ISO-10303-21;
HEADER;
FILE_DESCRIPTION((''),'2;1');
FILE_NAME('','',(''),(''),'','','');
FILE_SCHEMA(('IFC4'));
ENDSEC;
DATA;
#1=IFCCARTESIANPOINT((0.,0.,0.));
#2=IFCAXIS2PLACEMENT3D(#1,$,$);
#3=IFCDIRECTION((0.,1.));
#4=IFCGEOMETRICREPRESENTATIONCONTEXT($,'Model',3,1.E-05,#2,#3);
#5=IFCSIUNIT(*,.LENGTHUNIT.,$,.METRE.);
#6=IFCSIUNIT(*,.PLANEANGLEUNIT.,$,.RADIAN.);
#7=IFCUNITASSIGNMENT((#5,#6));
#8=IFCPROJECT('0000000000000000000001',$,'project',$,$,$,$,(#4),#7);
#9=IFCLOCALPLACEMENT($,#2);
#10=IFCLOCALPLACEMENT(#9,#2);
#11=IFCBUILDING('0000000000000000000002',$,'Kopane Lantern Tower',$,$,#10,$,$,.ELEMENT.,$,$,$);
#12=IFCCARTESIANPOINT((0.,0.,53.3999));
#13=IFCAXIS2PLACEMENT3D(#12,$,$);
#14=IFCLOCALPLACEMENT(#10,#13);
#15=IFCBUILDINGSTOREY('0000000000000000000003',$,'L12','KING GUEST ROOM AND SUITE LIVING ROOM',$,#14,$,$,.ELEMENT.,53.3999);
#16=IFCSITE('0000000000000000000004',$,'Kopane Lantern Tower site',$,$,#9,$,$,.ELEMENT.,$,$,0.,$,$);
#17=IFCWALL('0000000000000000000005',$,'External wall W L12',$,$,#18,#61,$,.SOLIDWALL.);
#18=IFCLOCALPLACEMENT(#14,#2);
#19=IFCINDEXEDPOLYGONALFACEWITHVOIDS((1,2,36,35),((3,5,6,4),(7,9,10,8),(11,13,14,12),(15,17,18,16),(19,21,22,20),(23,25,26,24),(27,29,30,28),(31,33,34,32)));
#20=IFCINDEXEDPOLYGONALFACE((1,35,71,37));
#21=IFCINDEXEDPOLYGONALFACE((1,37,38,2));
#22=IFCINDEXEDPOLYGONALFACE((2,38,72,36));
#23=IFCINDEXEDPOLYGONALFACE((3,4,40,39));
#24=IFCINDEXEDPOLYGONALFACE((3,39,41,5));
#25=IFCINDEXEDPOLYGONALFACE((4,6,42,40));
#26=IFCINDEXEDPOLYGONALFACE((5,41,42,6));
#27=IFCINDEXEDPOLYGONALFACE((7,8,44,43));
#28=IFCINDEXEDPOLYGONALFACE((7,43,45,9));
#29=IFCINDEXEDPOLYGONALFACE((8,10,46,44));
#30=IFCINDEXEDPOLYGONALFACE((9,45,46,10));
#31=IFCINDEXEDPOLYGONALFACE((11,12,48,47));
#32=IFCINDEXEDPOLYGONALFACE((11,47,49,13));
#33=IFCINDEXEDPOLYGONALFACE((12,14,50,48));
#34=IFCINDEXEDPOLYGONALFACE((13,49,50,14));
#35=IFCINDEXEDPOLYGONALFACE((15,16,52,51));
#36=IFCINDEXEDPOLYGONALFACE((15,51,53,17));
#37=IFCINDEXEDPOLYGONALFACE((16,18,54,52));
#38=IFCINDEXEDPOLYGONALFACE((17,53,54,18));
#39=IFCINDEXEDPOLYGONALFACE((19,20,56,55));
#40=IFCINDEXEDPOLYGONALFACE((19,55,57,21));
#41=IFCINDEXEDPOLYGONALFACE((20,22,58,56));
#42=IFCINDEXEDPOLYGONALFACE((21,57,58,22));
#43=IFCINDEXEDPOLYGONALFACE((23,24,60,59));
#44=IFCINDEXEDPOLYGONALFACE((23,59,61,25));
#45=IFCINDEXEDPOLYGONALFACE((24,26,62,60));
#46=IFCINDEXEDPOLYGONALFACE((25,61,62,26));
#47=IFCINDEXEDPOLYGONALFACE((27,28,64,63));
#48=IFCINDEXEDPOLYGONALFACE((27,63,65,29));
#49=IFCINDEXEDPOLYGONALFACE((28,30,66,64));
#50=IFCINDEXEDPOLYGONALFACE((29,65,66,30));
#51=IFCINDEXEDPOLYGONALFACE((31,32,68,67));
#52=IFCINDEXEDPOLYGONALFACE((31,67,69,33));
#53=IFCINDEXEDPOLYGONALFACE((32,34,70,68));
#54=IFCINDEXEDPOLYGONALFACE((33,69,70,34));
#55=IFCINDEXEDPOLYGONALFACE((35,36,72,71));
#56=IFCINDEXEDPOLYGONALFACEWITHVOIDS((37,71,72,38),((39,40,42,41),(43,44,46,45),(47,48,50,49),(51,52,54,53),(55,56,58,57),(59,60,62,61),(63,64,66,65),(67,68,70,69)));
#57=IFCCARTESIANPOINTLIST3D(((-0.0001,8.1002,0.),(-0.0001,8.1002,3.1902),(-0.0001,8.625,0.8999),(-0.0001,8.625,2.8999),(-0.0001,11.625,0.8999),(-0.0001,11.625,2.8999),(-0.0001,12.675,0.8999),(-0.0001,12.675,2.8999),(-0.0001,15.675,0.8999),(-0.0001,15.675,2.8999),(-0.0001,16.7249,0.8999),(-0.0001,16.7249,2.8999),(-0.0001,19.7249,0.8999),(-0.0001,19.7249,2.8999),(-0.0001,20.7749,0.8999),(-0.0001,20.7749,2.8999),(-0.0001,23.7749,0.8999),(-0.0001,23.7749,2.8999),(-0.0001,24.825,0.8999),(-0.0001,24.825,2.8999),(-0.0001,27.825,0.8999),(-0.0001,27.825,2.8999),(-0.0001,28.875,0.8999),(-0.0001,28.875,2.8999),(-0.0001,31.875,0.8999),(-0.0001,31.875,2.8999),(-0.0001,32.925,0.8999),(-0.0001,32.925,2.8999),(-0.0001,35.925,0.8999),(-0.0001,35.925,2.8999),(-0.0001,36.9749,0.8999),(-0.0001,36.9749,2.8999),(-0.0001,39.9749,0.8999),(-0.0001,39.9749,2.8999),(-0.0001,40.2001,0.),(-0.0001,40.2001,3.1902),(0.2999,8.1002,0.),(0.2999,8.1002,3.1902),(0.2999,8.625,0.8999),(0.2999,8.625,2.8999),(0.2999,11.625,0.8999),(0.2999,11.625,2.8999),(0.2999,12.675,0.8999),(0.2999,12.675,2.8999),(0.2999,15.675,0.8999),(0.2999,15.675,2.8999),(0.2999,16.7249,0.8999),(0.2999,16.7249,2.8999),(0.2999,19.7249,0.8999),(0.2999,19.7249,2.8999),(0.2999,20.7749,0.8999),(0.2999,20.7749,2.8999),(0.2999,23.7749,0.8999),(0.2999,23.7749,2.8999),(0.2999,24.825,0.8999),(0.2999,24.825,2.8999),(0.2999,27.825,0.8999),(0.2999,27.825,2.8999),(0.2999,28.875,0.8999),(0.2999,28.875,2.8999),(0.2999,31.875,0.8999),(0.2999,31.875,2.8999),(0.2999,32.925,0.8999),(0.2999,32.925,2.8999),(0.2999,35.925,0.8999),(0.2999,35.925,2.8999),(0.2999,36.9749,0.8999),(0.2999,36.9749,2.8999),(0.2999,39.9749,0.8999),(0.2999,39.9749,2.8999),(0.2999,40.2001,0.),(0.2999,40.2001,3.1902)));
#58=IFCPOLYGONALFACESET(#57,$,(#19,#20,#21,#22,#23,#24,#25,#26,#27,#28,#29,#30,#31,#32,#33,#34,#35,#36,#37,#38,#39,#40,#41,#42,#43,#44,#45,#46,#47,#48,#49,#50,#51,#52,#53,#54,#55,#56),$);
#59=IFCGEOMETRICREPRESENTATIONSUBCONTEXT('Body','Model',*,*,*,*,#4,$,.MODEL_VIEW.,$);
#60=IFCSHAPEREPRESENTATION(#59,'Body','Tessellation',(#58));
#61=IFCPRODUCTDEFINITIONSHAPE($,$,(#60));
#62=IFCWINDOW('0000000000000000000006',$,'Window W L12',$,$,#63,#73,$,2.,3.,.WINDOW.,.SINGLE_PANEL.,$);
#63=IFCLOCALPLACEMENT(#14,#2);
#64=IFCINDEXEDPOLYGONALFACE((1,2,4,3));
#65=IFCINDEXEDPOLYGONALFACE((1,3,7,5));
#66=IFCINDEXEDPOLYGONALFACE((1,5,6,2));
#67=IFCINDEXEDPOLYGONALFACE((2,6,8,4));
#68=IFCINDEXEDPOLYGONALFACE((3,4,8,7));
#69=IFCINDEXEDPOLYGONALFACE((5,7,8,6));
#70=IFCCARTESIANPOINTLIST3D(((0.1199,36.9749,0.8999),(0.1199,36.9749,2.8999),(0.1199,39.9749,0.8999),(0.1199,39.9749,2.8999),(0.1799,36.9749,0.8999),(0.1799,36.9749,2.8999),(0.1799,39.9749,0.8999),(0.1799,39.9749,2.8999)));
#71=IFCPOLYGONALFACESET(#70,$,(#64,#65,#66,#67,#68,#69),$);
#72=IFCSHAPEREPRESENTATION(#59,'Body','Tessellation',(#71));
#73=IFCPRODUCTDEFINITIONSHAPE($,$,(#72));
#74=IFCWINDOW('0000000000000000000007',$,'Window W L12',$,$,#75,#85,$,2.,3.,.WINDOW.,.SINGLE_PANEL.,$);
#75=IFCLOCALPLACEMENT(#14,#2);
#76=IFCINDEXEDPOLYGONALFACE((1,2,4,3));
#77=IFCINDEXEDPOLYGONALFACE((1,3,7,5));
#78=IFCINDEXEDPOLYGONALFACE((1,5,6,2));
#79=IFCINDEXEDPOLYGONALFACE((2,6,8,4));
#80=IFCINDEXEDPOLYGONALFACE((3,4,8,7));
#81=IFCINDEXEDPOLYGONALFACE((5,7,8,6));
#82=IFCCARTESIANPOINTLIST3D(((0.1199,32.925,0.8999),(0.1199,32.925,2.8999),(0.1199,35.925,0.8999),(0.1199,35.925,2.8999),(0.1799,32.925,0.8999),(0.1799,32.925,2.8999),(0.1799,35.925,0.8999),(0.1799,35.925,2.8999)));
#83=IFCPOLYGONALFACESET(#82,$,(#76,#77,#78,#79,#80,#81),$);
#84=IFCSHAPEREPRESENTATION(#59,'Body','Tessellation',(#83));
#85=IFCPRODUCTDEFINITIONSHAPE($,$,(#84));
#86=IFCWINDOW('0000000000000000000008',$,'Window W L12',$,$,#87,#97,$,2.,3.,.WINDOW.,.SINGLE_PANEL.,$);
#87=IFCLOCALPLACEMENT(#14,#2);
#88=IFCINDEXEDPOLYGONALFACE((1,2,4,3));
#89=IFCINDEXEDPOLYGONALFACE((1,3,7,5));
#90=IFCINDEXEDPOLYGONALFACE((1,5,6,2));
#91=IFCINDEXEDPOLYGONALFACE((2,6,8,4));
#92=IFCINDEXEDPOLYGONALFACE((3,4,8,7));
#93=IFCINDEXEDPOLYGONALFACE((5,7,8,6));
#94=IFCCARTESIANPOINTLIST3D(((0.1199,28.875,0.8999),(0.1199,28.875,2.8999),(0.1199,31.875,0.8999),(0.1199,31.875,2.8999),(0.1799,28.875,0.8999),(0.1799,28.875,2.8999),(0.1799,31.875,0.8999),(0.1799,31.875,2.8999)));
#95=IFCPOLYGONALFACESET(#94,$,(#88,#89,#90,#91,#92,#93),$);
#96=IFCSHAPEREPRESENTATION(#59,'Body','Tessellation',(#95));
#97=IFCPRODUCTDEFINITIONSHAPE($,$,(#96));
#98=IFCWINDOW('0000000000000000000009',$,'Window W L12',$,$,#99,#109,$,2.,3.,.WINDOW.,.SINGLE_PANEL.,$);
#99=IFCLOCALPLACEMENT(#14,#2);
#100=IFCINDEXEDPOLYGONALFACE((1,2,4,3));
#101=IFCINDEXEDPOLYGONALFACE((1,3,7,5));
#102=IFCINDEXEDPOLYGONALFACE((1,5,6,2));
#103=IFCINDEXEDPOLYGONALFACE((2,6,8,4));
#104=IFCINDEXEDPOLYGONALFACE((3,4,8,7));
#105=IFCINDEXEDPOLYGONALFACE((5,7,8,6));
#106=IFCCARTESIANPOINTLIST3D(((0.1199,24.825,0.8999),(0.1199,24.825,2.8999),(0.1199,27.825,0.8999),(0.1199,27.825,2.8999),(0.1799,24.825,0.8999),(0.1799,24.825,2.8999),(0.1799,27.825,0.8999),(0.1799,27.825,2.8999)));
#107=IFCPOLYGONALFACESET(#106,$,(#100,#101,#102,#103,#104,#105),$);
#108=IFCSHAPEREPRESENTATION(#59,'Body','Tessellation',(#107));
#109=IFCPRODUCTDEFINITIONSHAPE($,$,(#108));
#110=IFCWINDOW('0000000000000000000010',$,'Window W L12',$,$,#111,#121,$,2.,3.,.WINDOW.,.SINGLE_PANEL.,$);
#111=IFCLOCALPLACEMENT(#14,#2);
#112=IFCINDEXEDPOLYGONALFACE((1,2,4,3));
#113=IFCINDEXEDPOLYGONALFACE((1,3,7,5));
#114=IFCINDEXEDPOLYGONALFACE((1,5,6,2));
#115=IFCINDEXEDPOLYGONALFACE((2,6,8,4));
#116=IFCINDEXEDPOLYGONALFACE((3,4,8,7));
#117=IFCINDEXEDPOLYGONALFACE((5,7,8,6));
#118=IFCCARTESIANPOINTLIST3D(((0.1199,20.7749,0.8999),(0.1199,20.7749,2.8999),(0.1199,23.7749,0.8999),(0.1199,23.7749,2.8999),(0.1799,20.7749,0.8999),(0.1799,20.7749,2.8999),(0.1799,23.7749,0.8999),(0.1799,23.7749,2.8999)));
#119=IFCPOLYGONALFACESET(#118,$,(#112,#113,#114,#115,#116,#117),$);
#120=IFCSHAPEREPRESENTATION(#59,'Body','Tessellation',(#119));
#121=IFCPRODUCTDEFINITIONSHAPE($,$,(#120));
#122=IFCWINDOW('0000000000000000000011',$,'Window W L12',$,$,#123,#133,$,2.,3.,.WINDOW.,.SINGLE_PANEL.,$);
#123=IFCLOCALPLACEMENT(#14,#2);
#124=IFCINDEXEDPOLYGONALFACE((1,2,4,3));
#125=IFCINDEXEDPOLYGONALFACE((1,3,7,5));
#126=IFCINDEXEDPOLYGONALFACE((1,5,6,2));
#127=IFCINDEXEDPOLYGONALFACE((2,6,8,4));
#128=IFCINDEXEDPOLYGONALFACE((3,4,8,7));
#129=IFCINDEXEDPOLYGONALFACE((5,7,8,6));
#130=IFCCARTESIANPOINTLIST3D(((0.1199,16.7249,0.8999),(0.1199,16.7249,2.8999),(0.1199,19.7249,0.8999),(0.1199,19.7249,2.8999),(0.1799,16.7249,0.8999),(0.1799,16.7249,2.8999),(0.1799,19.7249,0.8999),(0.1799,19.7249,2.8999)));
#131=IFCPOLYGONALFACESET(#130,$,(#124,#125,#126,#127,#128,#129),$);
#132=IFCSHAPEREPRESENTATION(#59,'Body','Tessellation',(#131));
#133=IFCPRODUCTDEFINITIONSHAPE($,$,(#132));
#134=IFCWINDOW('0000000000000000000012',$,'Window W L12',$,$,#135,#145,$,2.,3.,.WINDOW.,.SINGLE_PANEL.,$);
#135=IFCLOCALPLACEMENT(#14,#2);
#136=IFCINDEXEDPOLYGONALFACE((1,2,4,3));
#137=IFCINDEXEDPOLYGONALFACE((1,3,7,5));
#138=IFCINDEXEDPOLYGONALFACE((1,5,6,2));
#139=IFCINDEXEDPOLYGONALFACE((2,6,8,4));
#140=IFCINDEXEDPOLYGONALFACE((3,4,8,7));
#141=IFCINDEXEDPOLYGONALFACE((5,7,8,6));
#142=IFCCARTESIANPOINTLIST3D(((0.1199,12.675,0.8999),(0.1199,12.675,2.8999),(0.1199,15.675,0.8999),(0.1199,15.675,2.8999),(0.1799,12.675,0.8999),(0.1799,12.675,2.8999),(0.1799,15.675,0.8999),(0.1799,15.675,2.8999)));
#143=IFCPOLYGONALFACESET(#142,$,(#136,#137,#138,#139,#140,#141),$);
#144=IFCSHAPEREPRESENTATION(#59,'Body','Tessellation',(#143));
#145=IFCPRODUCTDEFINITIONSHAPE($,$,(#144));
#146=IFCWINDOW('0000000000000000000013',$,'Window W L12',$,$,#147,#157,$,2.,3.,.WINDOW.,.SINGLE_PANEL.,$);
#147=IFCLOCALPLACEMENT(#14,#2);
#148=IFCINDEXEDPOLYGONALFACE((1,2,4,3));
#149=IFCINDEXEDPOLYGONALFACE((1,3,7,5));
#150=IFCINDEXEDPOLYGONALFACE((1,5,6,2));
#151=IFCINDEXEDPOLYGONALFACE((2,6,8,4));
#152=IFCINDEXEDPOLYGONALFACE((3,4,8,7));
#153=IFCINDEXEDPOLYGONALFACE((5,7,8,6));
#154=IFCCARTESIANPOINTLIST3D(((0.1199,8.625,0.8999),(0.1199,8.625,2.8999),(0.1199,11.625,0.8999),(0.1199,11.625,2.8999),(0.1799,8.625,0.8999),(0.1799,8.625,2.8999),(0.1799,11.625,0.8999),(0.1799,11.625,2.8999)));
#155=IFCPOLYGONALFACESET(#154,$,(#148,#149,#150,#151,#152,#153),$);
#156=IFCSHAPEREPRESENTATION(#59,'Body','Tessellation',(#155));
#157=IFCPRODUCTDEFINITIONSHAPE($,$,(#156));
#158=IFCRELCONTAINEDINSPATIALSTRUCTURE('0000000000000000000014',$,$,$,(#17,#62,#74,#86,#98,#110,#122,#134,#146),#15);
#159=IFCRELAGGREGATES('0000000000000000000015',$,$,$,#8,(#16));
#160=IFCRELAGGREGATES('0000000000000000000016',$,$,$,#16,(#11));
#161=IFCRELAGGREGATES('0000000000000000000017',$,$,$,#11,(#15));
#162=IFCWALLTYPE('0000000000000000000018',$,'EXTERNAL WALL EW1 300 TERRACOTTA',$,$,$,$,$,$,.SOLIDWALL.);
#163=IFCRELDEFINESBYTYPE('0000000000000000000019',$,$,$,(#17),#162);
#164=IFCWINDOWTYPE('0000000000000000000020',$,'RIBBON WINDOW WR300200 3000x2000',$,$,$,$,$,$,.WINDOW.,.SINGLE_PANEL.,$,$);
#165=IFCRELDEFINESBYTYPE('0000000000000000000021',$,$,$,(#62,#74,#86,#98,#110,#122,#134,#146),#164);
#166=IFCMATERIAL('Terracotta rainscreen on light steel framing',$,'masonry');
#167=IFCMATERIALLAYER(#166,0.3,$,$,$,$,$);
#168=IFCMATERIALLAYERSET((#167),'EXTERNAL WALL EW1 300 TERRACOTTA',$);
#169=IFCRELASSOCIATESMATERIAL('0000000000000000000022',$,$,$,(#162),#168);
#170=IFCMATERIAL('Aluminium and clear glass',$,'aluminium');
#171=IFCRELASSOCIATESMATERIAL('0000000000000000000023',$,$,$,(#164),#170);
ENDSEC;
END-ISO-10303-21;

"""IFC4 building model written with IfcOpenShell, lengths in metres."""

from ifc_helpers import new_model, si_unit, direction, frame, frame_2d, origin, place, context, subcontext, project, spatial, rectangle, extrude, material, layer, layer_set, type_object, element, fill, save


model = new_model("IFC4")

# Units and contexts
model_context = context("Model", 3, precision=1e-05, world=origin(), true_north=direction((0.0, 1.0)))
body_context = subcontext(model_context, "Body", "Model", "MODEL_VIEW")
ifc_project = project(units=[si_unit("LENGTHUNIT", "METRE"), si_unit("PLANEANGLEUNIT", "RADIAN")], contexts=[model_context])

# Site, building, storey
site_placement = place(None, origin())
site = spatial("IfcSite", under=ifc_project, at=site_placement, Name="Kopane Lantern Tower site", CompositionType="ELEMENT", RefElevation=0.0)
building_placement = place(site_placement, origin())
building = spatial("IfcBuilding", under=site, at=building_placement, Name="Kopane Lantern Tower", CompositionType="ELEMENT")
storey_placement = place(building_placement, frame((0.0, 0.0, 53.3999)))
storey = spatial("IfcBuildingStorey", under=building, at=storey_placement, Name="L12", Description="KING GUEST ROOM AND SUITE LIVING ROOM", CompositionType="ELEMENT", Elevation=53.3999)

# Wall, openings, windows
ifc_material_1 = material(Name="Terracotta rainscreen on light steel framing", Category="masonry")
ifc_layer_1 = layer(ifc_material_1, 0.3)
ifc_layer_set_1 = layer_set([ifc_layer_1], Name="EXTERNAL WALL EW1 300 TERRACOTTA")
wall_type_1 = type_object("IfcWallType", Name="EXTERNAL WALL EW1 300 TERRACOTTA", PredefinedType="SOLIDWALL", material=ifc_layer_set_1)
wall_1_placement = place(storey_placement, frame((0.1499, 40.2, 0.0), z_axis=(0.0, 0.0, 1.0), x_axis=(0.0, -1.0, 0.0)))
wall_1 = element("IfcWall", 1, at=wall_1_placement, inside=storey, type_object=wall_type_1, Name="External wall W L12", PredefinedType="SOLIDWALL", context=body_context, shape_type="SweptSolid", body=[
    extrude(rectangle(XDim=32.0999, YDim=0.3, at=frame_2d((16.0498, 0.0))), origin(), (0.0, 0.0, 1.0), 3.1902),
])
opening_1_placement = place(wall_1_placement, frame((0.2251, 0.0, 0.8999)))
opening_1 = element("IfcOpeningElement", 2, at=opening_1_placement, cuts=wall_1, PredefinedType="OPENING", context=body_context, shape_type="SweptSolid", body=[
    extrude(rectangle(XDim=3.0, YDim=2.0, at=frame_2d((1.5, 1.0))), frame((0.0, 0.1599, 0.0), z_axis=(0.0, -1.0, 0.0), x_axis=(1.0, 0.0, 0.0)), (0.0, 0.0, 1.0), 0.3201),
])
opening_2_placement = place(wall_1_placement, frame((4.2749, 0.0, 0.8999)))
opening_2 = element("IfcOpeningElement", 3, at=opening_2_placement, cuts=wall_1, PredefinedType="OPENING", context=body_context, shape_type="SweptSolid", body=[
    extrude(rectangle(XDim=3.0, YDim=2.0, at=frame_2d((1.5, 1.0))), frame((0.0, 0.1599, 0.0), z_axis=(0.0, -1.0, 0.0), x_axis=(1.0, 0.0, 0.0)), (0.0, 0.0, 1.0), 0.3201),
])
opening_3_placement = place(wall_1_placement, frame((8.325, 0.0, 0.8999)))
opening_3 = element("IfcOpeningElement", 4, at=opening_3_placement, cuts=wall_1, PredefinedType="OPENING", context=body_context, shape_type="SweptSolid", body=[
    extrude(rectangle(XDim=3.0, YDim=2.0, at=frame_2d((1.5, 1.0))), frame((0.0, 0.1599, 0.0), z_axis=(0.0, -1.0, 0.0), x_axis=(1.0, 0.0, 0.0)), (0.0, 0.0, 1.0), 0.3201),
])
opening_4_placement = place(wall_1_placement, frame((12.375, 0.0, 0.8999)))
opening_4 = element("IfcOpeningElement", 5, at=opening_4_placement, cuts=wall_1, PredefinedType="OPENING", context=body_context, shape_type="SweptSolid", body=[
    extrude(rectangle(XDim=3.0, YDim=2.0, at=frame_2d((1.5, 1.0))), frame((0.0, 0.1599, 0.0), z_axis=(0.0, -1.0, 0.0), x_axis=(1.0, 0.0, 0.0)), (0.0, 0.0, 1.0), 0.3201),
])
opening_5_placement = place(wall_1_placement, frame((16.425, 0.0, 0.8999)))
opening_5 = element("IfcOpeningElement", 6, at=opening_5_placement, cuts=wall_1, PredefinedType="OPENING", context=body_context, shape_type="SweptSolid", body=[
    extrude(rectangle(XDim=3.0, YDim=2.0, at=frame_2d((1.5, 1.0))), frame((0.0, 0.1599, 0.0), z_axis=(0.0, -1.0, 0.0), x_axis=(1.0, 0.0, 0.0)), (0.0, 0.0, 1.0), 0.3201),
])
opening_6_placement = place(wall_1_placement, frame((20.4751, 0.0, 0.8999)))
opening_6 = element("IfcOpeningElement", 7, at=opening_6_placement, cuts=wall_1, PredefinedType="OPENING", context=body_context, shape_type="SweptSolid", body=[
    extrude(rectangle(XDim=3.0, YDim=2.0, at=frame_2d((1.5, 1.0))), frame((0.0, 0.1599, 0.0), z_axis=(0.0, -1.0, 0.0), x_axis=(1.0, 0.0, 0.0)), (0.0, 0.0, 1.0), 0.3201),
])
opening_7_placement = place(wall_1_placement, frame((24.5249, 0.0, 0.8999)))
opening_7 = element("IfcOpeningElement", 8, at=opening_7_placement, cuts=wall_1, PredefinedType="OPENING", context=body_context, shape_type="SweptSolid", body=[
    extrude(rectangle(XDim=3.0, YDim=2.0, at=frame_2d((1.5, 1.0))), frame((0.0, 0.1599, 0.0), z_axis=(0.0, -1.0, 0.0), x_axis=(1.0, 0.0, 0.0)), (0.0, 0.0, 1.0), 0.3201),
])
opening_8_placement = place(wall_1_placement, frame((28.575, 0.0, 0.8999)))
opening_8 = element("IfcOpeningElement", 9, at=opening_8_placement, cuts=wall_1, PredefinedType="OPENING", context=body_context, shape_type="SweptSolid", body=[
    extrude(rectangle(XDim=3.0, YDim=2.0, at=frame_2d((1.5, 1.0))), frame((0.0, 0.1599, 0.0), z_axis=(0.0, -1.0, 0.0), x_axis=(1.0, 0.0, 0.0)), (0.0, 0.0, 1.0), 0.3201),
])
ifc_material_2 = material(Name="Aluminium and clear glass", Category="aluminium")
window_type = type_object("IfcWindowType", Name="RIBBON WINDOW WR300200 3000x2000", PartitioningType="SINGLE_PANEL", PredefinedType="WINDOW", material=ifc_material_2)
window_1_placement = place(opening_1_placement, origin())
window_1 = element("IfcWindow", 10, at=window_1_placement, inside=storey, type_object=window_type, Name="Window W L12", OverallHeight=2.0, OverallWidth=3.0, PartitioningType="SINGLE_PANEL", PredefinedType="WINDOW", context=body_context, shape_type="SweptSolid", body=[
    extrude(rectangle(XDim=3.0, YDim=2.0, at=frame_2d((1.5, 1.0))), frame((0.0, 0.03, 0.0), z_axis=(0.0, -1.0, 0.0), x_axis=(1.0, 0.0, 0.0)), (0.0, 0.0, 1.0), 0.0601),
])
fill(opening_1, window_1)
window_2_placement = place(opening_2_placement, origin())
window_2 = element("IfcWindow", 11, at=window_2_placement, inside=storey, type_object=window_type, Name="Window W L12", OverallHeight=2.0, OverallWidth=3.0, PartitioningType="SINGLE_PANEL", PredefinedType="WINDOW", context=body_context, shape_type="SweptSolid", body=[
    extrude(rectangle(XDim=3.0, YDim=2.0, at=frame_2d((1.5, 1.0))), frame((0.0, 0.03, 0.0), z_axis=(0.0, -1.0, 0.0), x_axis=(1.0, 0.0, 0.0)), (0.0, 0.0, 1.0), 0.0601),
])
fill(opening_2, window_2)
window_3_placement = place(opening_3_placement, origin())
window_3 = element("IfcWindow", 12, at=window_3_placement, inside=storey, type_object=window_type, Name="Window W L12", OverallHeight=2.0, OverallWidth=3.0, PartitioningType="SINGLE_PANEL", PredefinedType="WINDOW", context=body_context, shape_type="SweptSolid", body=[
    extrude(rectangle(XDim=3.0, YDim=2.0, at=frame_2d((1.5, 1.0))), frame((0.0, 0.03, 0.0), z_axis=(0.0, -1.0, 0.0), x_axis=(1.0, 0.0, 0.0)), (0.0, 0.0, 1.0), 0.0601),
])
fill(opening_3, window_3)
window_4_placement = place(opening_4_placement, origin())
window_4 = element("IfcWindow", 13, at=window_4_placement, inside=storey, type_object=window_type, Name="Window W L12", OverallHeight=2.0, OverallWidth=3.0, PartitioningType="SINGLE_PANEL", PredefinedType="WINDOW", context=body_context, shape_type="SweptSolid", body=[
    extrude(rectangle(XDim=3.0, YDim=2.0, at=frame_2d((1.5, 1.0))), frame((0.0, 0.03, 0.0), z_axis=(0.0, -1.0, 0.0), x_axis=(1.0, 0.0, 0.0)), (0.0, 0.0, 1.0), 0.0601),
])
fill(opening_4, window_4)
window_5_placement = place(opening_5_placement, origin())
window_5 = element("IfcWindow", 14, at=window_5_placement, inside=storey, type_object=window_type, Name="Window W L12", OverallHeight=2.0, OverallWidth=3.0, PartitioningType="SINGLE_PANEL", PredefinedType="WINDOW", context=body_context, shape_type="SweptSolid", body=[
    extrude(rectangle(XDim=3.0, YDim=2.0, at=frame_2d((1.5, 1.0))), frame((0.0, 0.03, 0.0), z_axis=(0.0, -1.0, 0.0), x_axis=(1.0, 0.0, 0.0)), (0.0, 0.0, 1.0), 0.0601),
])
fill(opening_5, window_5)
window_6_placement = place(opening_6_placement, origin())
window_6 = element("IfcWindow", 15, at=window_6_placement, inside=storey, type_object=window_type, Name="Window W L12", OverallHeight=2.0, OverallWidth=3.0, PartitioningType="SINGLE_PANEL", PredefinedType="WINDOW", context=body_context, shape_type="SweptSolid", body=[
    extrude(rectangle(XDim=3.0, YDim=2.0, at=frame_2d((1.5, 1.0))), frame((0.0, 0.03, 0.0), z_axis=(0.0, -1.0, 0.0), x_axis=(1.0, 0.0, 0.0)), (0.0, 0.0, 1.0), 0.0601),
])
fill(opening_6, window_6)
window_7_placement = place(opening_7_placement, origin())
window_7 = element("IfcWindow", 16, at=window_7_placement, inside=storey, type_object=window_type, Name="Window W L12", OverallHeight=2.0, OverallWidth=3.0, PartitioningType="SINGLE_PANEL", PredefinedType="WINDOW", context=body_context, shape_type="SweptSolid", body=[
    extrude(rectangle(XDim=3.0, YDim=2.0, at=frame_2d((1.5, 1.0))), frame((0.0, 0.03, 0.0), z_axis=(0.0, -1.0, 0.0), x_axis=(1.0, 0.0, 0.0)), (0.0, 0.0, 1.0), 0.0601),
])
fill(opening_7, window_7)
window_8_placement = place(opening_8_placement, origin())
window_8 = element("IfcWindow", 17, at=window_8_placement, inside=storey, type_object=window_type, Name="Window W L12", OverallHeight=2.0, OverallWidth=3.0, PartitioningType="SINGLE_PANEL", PredefinedType="WINDOW", context=body_context, shape_type="SweptSolid", body=[
    extrude(rectangle(XDim=3.0, YDim=2.0, at=frame_2d((1.5, 1.0))), frame((0.0, 0.03, 0.0), z_axis=(0.0, -1.0, 0.0), x_axis=(1.0, 0.0, 0.0)), (0.0, 0.0, 1.0), 0.0601),
])
fill(opening_8, window_8)

save(model, "model.ifc")
